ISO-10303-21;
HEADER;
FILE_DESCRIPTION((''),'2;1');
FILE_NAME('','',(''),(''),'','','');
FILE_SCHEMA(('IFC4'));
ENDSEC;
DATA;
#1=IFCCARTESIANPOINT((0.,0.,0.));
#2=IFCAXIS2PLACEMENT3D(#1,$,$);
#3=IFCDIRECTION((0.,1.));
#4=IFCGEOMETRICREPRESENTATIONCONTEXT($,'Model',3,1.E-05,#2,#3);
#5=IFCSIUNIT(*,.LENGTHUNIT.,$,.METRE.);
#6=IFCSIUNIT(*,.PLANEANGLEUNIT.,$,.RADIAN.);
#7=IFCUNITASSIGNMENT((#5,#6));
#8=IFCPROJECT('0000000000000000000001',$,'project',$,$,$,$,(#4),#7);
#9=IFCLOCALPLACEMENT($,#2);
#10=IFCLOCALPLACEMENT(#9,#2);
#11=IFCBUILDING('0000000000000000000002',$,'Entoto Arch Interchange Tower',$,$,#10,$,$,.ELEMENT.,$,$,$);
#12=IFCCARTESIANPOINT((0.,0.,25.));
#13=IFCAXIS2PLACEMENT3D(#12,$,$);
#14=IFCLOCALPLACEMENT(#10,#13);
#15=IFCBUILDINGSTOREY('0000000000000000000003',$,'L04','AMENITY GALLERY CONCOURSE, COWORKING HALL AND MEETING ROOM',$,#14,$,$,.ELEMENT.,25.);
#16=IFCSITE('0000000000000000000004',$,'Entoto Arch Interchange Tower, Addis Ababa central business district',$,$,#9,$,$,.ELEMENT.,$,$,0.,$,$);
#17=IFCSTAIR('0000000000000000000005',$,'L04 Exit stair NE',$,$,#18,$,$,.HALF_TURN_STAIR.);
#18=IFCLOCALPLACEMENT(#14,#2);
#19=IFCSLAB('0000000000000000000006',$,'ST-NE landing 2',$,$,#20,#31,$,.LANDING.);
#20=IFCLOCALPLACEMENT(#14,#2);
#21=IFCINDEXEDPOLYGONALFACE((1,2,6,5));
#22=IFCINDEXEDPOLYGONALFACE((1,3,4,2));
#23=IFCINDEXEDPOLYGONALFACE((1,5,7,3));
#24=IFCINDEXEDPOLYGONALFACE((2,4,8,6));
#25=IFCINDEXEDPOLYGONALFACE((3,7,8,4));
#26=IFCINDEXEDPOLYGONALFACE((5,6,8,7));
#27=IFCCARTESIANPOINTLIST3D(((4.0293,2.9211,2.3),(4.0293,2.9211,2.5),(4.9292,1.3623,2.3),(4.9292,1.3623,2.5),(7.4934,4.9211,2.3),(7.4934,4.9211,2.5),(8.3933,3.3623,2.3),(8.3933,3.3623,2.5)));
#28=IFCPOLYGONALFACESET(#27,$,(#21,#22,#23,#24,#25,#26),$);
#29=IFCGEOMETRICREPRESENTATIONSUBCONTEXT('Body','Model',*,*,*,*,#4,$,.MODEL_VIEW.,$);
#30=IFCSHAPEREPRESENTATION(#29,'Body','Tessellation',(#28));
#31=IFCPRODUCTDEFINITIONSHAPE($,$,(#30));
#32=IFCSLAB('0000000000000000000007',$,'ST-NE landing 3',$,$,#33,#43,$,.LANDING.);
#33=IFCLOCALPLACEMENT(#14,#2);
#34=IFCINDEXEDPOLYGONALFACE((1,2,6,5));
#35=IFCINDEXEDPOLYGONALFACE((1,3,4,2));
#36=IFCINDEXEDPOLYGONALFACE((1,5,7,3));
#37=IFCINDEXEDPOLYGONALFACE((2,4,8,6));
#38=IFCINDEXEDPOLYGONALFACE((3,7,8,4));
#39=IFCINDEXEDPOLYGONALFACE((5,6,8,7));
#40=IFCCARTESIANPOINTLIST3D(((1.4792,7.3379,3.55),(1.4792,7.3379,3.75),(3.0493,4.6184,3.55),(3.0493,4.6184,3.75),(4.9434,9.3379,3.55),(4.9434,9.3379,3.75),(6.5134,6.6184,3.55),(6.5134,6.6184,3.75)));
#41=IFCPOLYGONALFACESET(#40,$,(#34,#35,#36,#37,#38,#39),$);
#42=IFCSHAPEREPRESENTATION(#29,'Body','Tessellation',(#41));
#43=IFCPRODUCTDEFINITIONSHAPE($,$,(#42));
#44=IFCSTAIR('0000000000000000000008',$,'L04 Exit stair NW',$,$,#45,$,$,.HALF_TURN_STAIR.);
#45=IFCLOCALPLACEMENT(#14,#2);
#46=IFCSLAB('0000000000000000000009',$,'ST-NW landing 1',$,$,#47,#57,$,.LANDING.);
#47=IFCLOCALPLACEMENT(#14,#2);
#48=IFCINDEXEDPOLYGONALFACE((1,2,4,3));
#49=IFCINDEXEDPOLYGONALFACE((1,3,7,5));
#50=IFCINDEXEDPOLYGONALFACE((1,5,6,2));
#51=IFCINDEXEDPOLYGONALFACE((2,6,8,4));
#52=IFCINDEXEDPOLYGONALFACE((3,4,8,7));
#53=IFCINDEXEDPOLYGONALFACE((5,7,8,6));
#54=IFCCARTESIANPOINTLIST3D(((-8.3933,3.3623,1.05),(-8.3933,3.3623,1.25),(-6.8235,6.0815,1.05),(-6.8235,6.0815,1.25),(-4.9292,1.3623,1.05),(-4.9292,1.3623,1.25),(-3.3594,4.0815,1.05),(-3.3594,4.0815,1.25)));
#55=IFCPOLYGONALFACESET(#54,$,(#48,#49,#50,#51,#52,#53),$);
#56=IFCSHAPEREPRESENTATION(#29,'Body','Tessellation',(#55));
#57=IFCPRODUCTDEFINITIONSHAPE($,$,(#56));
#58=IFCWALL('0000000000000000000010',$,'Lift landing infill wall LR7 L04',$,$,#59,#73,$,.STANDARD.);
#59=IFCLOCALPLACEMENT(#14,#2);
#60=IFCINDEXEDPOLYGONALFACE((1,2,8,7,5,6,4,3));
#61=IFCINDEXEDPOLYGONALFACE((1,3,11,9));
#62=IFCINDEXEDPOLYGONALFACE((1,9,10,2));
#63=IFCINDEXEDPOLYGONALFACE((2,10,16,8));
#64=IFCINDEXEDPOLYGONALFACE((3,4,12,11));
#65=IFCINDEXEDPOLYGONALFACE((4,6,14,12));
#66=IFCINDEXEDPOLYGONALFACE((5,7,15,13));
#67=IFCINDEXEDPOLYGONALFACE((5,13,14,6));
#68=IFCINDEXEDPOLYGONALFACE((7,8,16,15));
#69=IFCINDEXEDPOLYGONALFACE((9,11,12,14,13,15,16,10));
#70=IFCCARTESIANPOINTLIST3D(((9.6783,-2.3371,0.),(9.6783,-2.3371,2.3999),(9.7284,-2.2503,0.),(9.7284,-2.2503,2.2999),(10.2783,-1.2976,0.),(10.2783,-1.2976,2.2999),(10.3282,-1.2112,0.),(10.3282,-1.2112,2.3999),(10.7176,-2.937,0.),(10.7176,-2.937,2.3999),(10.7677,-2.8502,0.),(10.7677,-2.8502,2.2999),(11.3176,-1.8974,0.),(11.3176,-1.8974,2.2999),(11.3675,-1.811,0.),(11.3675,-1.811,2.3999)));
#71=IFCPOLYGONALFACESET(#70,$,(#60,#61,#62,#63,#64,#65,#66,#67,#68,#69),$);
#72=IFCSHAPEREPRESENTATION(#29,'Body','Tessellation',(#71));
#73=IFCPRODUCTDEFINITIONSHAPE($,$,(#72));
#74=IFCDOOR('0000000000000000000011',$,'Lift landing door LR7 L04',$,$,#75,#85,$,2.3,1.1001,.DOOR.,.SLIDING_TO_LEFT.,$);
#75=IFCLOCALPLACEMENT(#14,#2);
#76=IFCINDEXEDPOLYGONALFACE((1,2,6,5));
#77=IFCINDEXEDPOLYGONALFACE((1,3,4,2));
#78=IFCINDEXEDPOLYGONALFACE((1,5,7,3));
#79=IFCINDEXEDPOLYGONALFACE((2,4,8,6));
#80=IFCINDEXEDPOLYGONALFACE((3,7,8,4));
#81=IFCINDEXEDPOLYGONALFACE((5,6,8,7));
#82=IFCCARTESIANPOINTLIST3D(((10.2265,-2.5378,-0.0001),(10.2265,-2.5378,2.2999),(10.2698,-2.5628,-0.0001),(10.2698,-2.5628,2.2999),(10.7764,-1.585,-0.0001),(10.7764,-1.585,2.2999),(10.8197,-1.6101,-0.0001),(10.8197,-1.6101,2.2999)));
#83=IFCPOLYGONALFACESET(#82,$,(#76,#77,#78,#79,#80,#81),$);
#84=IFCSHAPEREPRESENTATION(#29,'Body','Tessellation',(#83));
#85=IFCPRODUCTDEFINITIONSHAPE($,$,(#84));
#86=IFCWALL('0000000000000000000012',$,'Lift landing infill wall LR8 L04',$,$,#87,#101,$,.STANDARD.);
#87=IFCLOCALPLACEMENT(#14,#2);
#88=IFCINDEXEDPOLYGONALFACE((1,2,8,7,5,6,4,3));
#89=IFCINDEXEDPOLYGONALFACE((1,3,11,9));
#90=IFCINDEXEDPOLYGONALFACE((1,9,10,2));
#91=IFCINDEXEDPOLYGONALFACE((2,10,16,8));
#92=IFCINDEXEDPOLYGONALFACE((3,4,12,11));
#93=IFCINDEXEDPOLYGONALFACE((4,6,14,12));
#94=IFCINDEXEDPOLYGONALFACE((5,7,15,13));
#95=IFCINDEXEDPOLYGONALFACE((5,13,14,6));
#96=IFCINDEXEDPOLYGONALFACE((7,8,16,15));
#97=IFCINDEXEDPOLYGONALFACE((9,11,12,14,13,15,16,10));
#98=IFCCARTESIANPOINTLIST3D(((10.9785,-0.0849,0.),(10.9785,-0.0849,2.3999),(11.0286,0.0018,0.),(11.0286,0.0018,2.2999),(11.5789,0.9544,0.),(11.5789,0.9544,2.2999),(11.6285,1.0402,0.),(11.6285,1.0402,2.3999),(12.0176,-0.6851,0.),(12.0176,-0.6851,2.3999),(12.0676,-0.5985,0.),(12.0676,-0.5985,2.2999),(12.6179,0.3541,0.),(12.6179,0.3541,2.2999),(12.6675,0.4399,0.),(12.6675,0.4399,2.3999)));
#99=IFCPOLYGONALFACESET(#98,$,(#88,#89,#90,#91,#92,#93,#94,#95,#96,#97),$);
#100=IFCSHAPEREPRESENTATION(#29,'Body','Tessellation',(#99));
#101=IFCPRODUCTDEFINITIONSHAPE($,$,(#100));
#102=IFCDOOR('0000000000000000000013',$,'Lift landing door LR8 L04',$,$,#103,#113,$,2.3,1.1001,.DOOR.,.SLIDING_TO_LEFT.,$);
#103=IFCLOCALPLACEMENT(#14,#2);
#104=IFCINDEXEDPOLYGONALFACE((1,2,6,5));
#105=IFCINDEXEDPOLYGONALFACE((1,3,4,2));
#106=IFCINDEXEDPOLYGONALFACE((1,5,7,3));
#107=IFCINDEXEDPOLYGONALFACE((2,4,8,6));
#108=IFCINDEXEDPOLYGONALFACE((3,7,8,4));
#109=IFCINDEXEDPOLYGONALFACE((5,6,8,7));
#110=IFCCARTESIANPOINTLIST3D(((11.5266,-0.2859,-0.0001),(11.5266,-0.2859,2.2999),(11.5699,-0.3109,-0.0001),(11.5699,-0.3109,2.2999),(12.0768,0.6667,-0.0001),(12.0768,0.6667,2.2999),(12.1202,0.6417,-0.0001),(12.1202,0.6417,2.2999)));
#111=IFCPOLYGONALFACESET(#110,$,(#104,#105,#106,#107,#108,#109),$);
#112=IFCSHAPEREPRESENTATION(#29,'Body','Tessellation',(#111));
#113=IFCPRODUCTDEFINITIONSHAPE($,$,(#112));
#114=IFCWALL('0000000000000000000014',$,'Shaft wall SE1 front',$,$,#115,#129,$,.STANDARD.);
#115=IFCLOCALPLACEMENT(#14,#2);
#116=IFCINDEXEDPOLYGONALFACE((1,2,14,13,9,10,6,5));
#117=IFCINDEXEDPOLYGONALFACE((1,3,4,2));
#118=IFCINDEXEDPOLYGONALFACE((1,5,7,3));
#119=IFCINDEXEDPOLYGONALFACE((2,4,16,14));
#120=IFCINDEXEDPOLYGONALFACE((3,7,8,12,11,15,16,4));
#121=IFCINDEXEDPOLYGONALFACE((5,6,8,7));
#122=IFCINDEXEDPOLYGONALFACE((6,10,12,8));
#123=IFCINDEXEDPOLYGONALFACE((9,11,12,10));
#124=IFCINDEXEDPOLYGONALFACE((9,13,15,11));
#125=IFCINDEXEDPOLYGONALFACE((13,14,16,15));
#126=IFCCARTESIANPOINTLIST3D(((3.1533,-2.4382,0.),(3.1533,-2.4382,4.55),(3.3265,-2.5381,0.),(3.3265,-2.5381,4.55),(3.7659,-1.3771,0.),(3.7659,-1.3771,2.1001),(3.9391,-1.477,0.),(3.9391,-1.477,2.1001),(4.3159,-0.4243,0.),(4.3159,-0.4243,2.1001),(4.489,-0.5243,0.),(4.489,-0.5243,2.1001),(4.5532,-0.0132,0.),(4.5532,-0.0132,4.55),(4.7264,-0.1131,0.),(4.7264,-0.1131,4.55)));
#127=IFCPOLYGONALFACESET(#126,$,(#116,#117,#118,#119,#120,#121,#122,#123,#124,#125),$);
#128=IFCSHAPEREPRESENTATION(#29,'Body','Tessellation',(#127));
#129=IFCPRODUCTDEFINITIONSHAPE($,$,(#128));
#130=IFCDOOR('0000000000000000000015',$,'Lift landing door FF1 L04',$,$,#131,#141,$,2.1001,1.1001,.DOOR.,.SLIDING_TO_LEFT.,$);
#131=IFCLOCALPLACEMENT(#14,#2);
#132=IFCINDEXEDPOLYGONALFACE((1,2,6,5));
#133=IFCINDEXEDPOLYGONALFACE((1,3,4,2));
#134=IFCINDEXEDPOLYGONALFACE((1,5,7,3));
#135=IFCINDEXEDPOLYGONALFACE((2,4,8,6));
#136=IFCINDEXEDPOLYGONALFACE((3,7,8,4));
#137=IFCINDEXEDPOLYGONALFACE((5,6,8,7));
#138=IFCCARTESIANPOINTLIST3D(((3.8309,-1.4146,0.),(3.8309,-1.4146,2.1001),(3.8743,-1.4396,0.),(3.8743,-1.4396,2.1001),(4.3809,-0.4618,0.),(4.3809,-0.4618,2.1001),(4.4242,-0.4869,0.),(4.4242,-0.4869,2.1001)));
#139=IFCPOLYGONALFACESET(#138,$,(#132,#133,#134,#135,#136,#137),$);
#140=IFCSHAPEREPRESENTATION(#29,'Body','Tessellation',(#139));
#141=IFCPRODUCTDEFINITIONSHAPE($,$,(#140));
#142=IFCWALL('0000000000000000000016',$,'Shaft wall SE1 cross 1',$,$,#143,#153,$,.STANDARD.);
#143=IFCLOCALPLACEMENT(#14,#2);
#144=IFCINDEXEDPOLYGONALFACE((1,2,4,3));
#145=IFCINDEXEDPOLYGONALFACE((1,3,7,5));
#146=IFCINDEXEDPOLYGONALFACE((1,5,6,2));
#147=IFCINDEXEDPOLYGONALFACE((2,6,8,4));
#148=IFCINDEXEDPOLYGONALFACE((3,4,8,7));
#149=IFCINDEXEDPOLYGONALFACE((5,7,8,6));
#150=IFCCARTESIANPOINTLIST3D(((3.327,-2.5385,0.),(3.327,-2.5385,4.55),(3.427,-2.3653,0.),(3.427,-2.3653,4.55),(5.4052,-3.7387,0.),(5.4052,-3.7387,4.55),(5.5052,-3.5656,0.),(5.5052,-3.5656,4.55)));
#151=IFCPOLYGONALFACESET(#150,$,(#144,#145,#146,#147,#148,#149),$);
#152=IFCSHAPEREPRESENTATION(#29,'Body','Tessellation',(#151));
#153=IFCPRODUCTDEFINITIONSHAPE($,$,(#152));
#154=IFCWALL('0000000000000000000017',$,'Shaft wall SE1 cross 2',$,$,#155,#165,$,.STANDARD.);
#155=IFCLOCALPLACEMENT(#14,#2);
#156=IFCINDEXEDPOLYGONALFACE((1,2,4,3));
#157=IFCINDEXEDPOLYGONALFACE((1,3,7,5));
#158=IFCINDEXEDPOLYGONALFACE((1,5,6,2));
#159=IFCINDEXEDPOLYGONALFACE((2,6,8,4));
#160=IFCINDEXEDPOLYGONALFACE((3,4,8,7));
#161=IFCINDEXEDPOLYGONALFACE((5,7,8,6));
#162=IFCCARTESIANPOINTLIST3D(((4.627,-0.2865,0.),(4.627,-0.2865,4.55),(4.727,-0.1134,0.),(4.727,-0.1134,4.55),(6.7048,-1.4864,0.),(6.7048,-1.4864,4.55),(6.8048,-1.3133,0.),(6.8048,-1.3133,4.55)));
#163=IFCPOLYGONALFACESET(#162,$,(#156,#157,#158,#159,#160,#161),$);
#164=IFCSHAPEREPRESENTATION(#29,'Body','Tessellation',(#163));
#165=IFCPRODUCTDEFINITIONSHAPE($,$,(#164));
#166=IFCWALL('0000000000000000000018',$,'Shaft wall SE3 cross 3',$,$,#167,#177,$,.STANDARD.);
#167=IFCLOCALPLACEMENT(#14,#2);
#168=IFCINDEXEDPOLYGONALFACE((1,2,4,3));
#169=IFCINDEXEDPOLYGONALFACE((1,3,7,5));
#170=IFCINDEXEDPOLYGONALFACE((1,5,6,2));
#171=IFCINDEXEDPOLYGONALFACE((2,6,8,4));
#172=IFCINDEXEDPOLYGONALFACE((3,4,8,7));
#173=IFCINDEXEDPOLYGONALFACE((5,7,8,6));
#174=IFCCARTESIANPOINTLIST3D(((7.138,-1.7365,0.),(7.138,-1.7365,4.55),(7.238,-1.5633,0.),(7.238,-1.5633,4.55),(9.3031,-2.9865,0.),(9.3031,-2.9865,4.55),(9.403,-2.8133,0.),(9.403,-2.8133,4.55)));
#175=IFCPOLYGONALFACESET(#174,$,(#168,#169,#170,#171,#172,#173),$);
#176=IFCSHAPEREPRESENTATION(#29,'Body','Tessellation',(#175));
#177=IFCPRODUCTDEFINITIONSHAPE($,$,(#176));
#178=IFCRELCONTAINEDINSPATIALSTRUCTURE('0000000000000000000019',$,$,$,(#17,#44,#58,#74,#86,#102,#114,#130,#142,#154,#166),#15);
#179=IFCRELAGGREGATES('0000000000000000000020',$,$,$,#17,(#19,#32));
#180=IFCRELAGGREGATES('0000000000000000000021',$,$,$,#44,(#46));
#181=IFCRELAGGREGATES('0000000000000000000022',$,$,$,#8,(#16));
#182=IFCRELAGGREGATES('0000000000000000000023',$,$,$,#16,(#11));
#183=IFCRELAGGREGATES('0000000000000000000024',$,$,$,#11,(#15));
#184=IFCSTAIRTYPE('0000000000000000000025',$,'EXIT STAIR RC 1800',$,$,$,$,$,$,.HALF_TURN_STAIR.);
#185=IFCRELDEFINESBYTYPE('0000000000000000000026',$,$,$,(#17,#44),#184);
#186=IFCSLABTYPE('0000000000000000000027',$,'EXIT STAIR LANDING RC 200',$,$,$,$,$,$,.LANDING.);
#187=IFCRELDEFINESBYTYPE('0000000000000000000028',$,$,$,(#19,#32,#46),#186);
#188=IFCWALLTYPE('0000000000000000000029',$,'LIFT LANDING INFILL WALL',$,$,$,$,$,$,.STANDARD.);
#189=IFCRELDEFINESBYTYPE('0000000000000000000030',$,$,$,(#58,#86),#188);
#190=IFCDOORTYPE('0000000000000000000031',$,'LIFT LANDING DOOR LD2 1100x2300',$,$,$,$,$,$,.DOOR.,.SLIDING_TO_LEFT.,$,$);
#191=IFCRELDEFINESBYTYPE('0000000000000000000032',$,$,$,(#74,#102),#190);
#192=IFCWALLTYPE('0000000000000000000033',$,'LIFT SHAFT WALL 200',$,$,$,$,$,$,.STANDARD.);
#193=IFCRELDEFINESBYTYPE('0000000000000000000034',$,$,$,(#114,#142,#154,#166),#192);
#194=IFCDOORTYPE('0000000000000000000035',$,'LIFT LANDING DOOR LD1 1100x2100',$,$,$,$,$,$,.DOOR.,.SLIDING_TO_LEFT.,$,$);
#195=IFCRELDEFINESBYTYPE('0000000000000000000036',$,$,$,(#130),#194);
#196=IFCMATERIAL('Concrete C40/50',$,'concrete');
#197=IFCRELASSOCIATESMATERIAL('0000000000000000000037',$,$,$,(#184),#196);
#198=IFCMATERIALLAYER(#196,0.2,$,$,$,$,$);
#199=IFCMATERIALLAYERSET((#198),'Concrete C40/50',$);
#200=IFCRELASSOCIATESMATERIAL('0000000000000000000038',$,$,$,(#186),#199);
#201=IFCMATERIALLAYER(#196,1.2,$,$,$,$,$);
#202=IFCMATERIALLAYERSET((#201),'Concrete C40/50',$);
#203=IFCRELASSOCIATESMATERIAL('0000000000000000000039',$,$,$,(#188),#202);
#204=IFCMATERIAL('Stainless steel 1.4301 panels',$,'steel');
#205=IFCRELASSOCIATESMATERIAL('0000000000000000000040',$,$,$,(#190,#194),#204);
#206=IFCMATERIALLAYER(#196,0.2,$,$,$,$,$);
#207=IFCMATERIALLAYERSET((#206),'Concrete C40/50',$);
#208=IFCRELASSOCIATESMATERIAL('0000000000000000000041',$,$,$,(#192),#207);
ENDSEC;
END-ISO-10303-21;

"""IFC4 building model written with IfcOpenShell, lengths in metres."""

from ifc_helpers import new_model, si_unit, direction, frame, frame_2d, origin, place, context, subcontext, project, spatial, polyline, rectangle, outline, extrude, material, layer, layer_set, type_object, element, fill, aggregate, save


model = new_model("IFC4")

# Units and contexts
model_context = context("Model", 3, precision=1e-05, world=origin(), true_north=direction((0.0, 1.0)))
body_context = subcontext(model_context, "Body", "Model", "MODEL_VIEW")
ifc_project = project(units=[si_unit("LENGTHUNIT", "METRE"), si_unit("PLANEANGLEUNIT", "RADIAN")], contexts=[model_context])

# Site, building, storey
site_placement = place(None, origin())
site = spatial("IfcSite", under=ifc_project, at=site_placement, Name="Entoto Arch Interchange Tower, Addis Ababa central business district", CompositionType="ELEMENT", RefElevation=0.0)
building_placement = place(site_placement, origin())
building = spatial("IfcBuilding", under=site, at=building_placement, Name="Entoto Arch Interchange Tower", CompositionType="ELEMENT")
storey_placement = place(building_placement, frame((0.0, 0.0, 25.0)))
storey = spatial("IfcBuildingStorey", under=building, at=storey_placement, Name="L04", Description="AMENITY GALLERY CONCOURSE, COWORKING HALL AND MEETING ROOM", CompositionType="ELEMENT", Elevation=25.0)

# Shared definitions
ifc_material_1 = material(Name="Concrete C40/50", Category="concrete")

# Stair, slabs
stair_type = type_object("IfcStairType", Name="EXIT STAIR RC 1800", PredefinedType="HALF_TURN_STAIR", material=ifc_material_1)
ifc_layer_1 = layer(ifc_material_1, 0.2)
ifc_layer_set_1 = layer_set([ifc_layer_1], Name="Concrete C40/50")
slab_type_1 = type_object("IfcSlabType", Name="EXIT STAIR LANDING RC 200", PredefinedType="LANDING", material=ifc_layer_set_1)
stair_1_placement = place(storey_placement, origin())
stair_1 = element("IfcStair", 1, at=stair_1_placement, inside=storey, type_object=stair_type, Name="L04 Exit stair NE", PredefinedType="HALF_TURN_STAIR")
slab_1_placement = place(storey_placement, frame((0.0, 0.0, 2.3)))
slab_1 = element("IfcSlab", 2, at=slab_1_placement, type_object=slab_type_1, Name="ST-NE landing 2", PredefinedType="LANDING", context=body_context, shape_type="SweptSolid", body=[
    extrude(outline(polyline([(8.3933, 3.3623), (7.4934, 4.9211), (4.0293, 2.9211), (4.9292, 1.3623), (8.3933, 3.3623)])), origin(), (0.0, 0.0, 1.0), 0.2),
])
slab_2_placement = place(storey_placement, frame((0.0, 0.0, 3.55)))
slab_2 = element("IfcSlab", 3, at=slab_2_placement, type_object=slab_type_1, Name="ST-NE landing 3", PredefinedType="LANDING", context=body_context, shape_type="SweptSolid", body=[
    extrude(outline(polyline([(6.5134, 6.6184), (4.9434, 9.3379), (1.4792, 7.3379), (3.0493, 4.6184), (6.5134, 6.6184)])), origin(), (0.0, 0.0, 1.0), 0.2),
])
aggregate(stair_1, [slab_1, slab_2])

# Stair, slab
stair_2_placement = place(storey_placement, origin())
stair_2 = element("IfcStair", 4, at=stair_2_placement, inside=storey, type_object=stair_type, Name="L04 Exit stair NW", PredefinedType="HALF_TURN_STAIR")
slab_3_placement = place(storey_placement, frame((0.0, 0.0, 1.05)))
slab_3 = element("IfcSlab", 5, at=slab_3_placement, type_object=slab_type_1, Name="ST-NW landing 1", PredefinedType="LANDING", context=body_context, shape_type="SweptSolid", body=[
    extrude(outline(polyline([(-6.8235, 6.0815), (-8.3933, 3.3623), (-4.9292, 1.3623), (-3.3594, 4.0815), (-6.8235, 6.0815)])), origin(), (0.0, 0.0, 1.0), 0.2),
])
aggregate(stair_2, [slab_3])

# Walls, openings, doors
ifc_layer_2 = layer(ifc_material_1, 1.2)
ifc_layer_set_2 = layer_set([ifc_layer_2], Name="Concrete C40/50")
wall_type_1 = type_object("IfcWallType", Name="LIFT LANDING INFILL WALL", PredefinedType="STANDARD", material=ifc_layer_set_2)
wall_1_placement = place(storey_placement, frame((10.198, -2.637, 0.0), z_axis=(0.0, 0.0, 1.0), x_axis=(0.499896, 0.866086, 0.0)))
wall_1 = element("IfcWall", 6, at=wall_1_placement, inside=storey, type_object=wall_type_1, Name="Lift landing infill wall LR7 L04", PredefinedType="STANDARD", context=body_context, shape_type="SweptSolid", body=[
    extrude(rectangle(XDim=1.3, YDim=1.2, at=frame_2d((0.6499, 0.0))), origin(), (0.0, 0.0, 1.0), 2.3999),
])
opening_1_placement = place(wall_1_placement, frame((0.1001, 0.0, 0.0)))
opening_1 = element("IfcOpeningElement", 7, at=opening_1_placement, cuts=wall_1, PredefinedType="OPENING", context=body_context, shape_type="SweptSolid", body=[
    extrude(rectangle(XDim=1.1001, YDim=2.3, at=frame_2d((0.55, 1.1499))), frame((0.0, 0.6099, 0.0), z_axis=(0.0, -1.0, 0.0), x_axis=(1.0, 0.0, 0.0)), (0.0, 0.0, 1.0), 1.22),
])
ifc_material_2 = material(Name="Stainless steel 1.4301 panels", Category="steel")
door_type_1 = type_object("IfcDoorType", Name="LIFT LANDING DOOR LD2 1100x2300", OperationType="SLIDING_TO_LEFT", PredefinedType="DOOR", material=ifc_material_2)
door_1_placement = place(opening_1_placement, origin())
door_1 = element("IfcDoor", 8, at=door_1_placement, inside=storey, type_object=door_type_1, Name="Lift landing door LR7 L04", OperationType="SLIDING_TO_LEFT", OverallHeight=2.3, OverallWidth=1.1001, PredefinedType="DOOR", context=body_context, shape_type="SweptSolid", body=[
    extrude(rectangle(XDim=1.1001, YDim=2.3, at=frame_2d((0.55, 1.1499))), frame((0.0, 0.0249, 0.0), z_axis=(0.0, -1.0, 0.0), x_axis=(1.0, 0.0, 0.0)), (0.0, 0.0, 1.0), 0.05),
])
fill(opening_1, door_1)
wall_2_placement = place(storey_placement, frame((11.498, -0.385, 0.0), z_axis=(0.0, 0.0, 1.0), x_axis=(0.500221, 0.865898, 0.0)))
wall_2 = element("IfcWall", 9, at=wall_2_placement, inside=storey, type_object=wall_type_1, Name="Lift landing infill wall LR8 L04", PredefinedType="STANDARD", context=body_context, shape_type="SweptSolid", body=[
    extrude(rectangle(XDim=1.2993, YDim=1.2, at=frame_2d((0.6497, 0.0))), origin(), (0.0, 0.0, 1.0), 2.3999),
])
opening_2_placement = place(wall_2_placement, frame((0.1001, 0.0, 0.0)))
opening_2 = element("IfcOpeningElement", 10, at=opening_2_placement, cuts=wall_2, PredefinedType="OPENING", context=body_context, shape_type="SweptSolid", body=[
    extrude(rectangle(XDim=1.1001, YDim=2.3, at=frame_2d((0.55, 1.1499))), frame((0.0, 0.6099, 0.0), z_axis=(0.0, -1.0, 0.0), x_axis=(1.0, 0.0, 0.0)), (0.0, 0.0, 1.0), 1.22),
])
door_2_placement = place(opening_2_placement, origin())
door_2 = element("IfcDoor", 11, at=door_2_placement, inside=storey, type_object=door_type_1, Name="Lift landing door LR8 L04", OperationType="SLIDING_TO_LEFT", OverallHeight=2.3, OverallWidth=1.1001, PredefinedType="DOOR", context=body_context, shape_type="SweptSolid", body=[
    extrude(rectangle(XDim=1.1001, YDim=2.3, at=frame_2d((0.55, 1.1499))), frame((0.0, 0.0249, 0.0), z_axis=(0.0, -1.0, 0.0), x_axis=(1.0, 0.0, 0.0)), (0.0, 0.0, 1.0), 0.05),
])
fill(opening_2, door_2)
ifc_layer_3 = layer(ifc_material_1, 0.2)
ifc_layer_set_3 = layer_set([ifc_layer_3], Name="Concrete C40/50")
wall_type_2 = type_object("IfcWallType", Name="LIFT SHAFT WALL 200", PredefinedType="STANDARD", material=ifc_layer_set_3)
wall_3_placement = place(storey_placement, frame((3.24, -2.488, 0.0), z_axis=(0.0, 0.0, 1.0), x_axis=(0.499946, 0.866056, 0.0)))
wall_3 = element("IfcWall", 12, at=wall_3_placement, inside=storey, type_object=wall_type_2, Name="Shaft wall SE1 front", PredefinedType="STANDARD", context=body_context, shape_type="SweptSolid", body=[
    extrude(rectangle(XDim=2.8, YDim=0.2, at=frame_2d((1.3999, 0.0))), origin(), (0.0, 0.0, 1.0), 4.55),
])
opening_3_placement = place(wall_3_placement, frame((1.2251, 0.0, 0.0)))
opening_3 = element("IfcOpeningElement", 13, at=opening_3_placement, cuts=wall_3, PredefinedType="OPENING", context=body_context, shape_type="SweptSolid", body=[
    extrude(rectangle(XDim=1.1001, YDim=2.1001, at=frame_2d((0.55, 1.05))), frame((0.0, 0.1099, 0.0), z_axis=(0.0, -1.0, 0.0), x_axis=(1.0, 0.0, 0.0)), (0.0, 0.0, 1.0), 0.22),
])
door_type_2 = type_object("IfcDoorType", Name="LIFT LANDING DOOR LD1 1100x2100", OperationType="SLIDING_TO_LEFT", PredefinedType="DOOR", material=ifc_material_2)
door_3_placement = place(opening_3_placement, origin())
door_3 = element("IfcDoor", 14, at=door_3_placement, inside=storey, type_object=door_type_2, Name="Lift landing door FF1 L04", OperationType="SLIDING_TO_LEFT", OverallHeight=2.1001, OverallWidth=1.1001, PredefinedType="DOOR", context=body_context, shape_type="SweptSolid", body=[
    extrude(rectangle(XDim=1.1001, YDim=2.1001, at=frame_2d((0.55, 1.05))), frame((0.0, 0.0249, 0.0), z_axis=(0.0, -1.0, 0.0), x_axis=(1.0, 0.0, 0.0)), (0.0, 0.0, 1.0), 0.05),
])
fill(opening_3, door_3)

# Walls
wall_4_placement = place(storey_placement, frame((3.377, -2.4519, 0.0), z_axis=(0.0, 0.0, 1.0), x_axis=(0.865955, -0.500122, 0.0)))
element("IfcWall", 15, at=wall_4_placement, inside=storey, type_object=wall_type_2, Name="Shaft wall SE1 cross 1", PredefinedType="STANDARD", context=body_context, shape_type="SweptSolid", body=[
    extrude(rectangle(XDim=2.3999, YDim=0.2, at=frame_2d((1.2, 0.0))), origin(), (0.0, 0.0, 1.0), 4.55),
])
wall_5_placement = place(storey_placement, frame((4.677, -0.2, 0.0), z_axis=(0.0, 0.0, 1.0), x_axis=(0.865974, -0.500089, 0.0)))
element("IfcWall", 16, at=wall_5_placement, inside=storey, type_object=wall_type_2, Name="Shaft wall SE1 cross 2", PredefinedType="STANDARD", context=body_context, shape_type="SweptSolid", body=[
    extrude(rectangle(XDim=2.3994, YDim=0.2, at=frame_2d((1.1997, 0.0))), origin(), (0.0, 0.0, 1.0), 4.55),
])
wall_6_placement = place(storey_placement, frame((7.188, -1.6499, 0.0), z_axis=(0.0, 0.0, 1.0), x_axis=(0.866023, -0.500004, 0.0)))
element("IfcWall", 17, at=wall_6_placement, inside=storey, type_object=wall_type_2, Name="Shaft wall SE3 cross 3", PredefinedType="STANDARD", context=body_context, shape_type="SweptSolid", body=[
    extrude(rectangle(XDim=2.5, YDim=0.2, at=frame_2d((1.25, 0.0))), origin(), (0.0, 0.0, 1.0), 4.55),
])

save(model, "model.ifc")
